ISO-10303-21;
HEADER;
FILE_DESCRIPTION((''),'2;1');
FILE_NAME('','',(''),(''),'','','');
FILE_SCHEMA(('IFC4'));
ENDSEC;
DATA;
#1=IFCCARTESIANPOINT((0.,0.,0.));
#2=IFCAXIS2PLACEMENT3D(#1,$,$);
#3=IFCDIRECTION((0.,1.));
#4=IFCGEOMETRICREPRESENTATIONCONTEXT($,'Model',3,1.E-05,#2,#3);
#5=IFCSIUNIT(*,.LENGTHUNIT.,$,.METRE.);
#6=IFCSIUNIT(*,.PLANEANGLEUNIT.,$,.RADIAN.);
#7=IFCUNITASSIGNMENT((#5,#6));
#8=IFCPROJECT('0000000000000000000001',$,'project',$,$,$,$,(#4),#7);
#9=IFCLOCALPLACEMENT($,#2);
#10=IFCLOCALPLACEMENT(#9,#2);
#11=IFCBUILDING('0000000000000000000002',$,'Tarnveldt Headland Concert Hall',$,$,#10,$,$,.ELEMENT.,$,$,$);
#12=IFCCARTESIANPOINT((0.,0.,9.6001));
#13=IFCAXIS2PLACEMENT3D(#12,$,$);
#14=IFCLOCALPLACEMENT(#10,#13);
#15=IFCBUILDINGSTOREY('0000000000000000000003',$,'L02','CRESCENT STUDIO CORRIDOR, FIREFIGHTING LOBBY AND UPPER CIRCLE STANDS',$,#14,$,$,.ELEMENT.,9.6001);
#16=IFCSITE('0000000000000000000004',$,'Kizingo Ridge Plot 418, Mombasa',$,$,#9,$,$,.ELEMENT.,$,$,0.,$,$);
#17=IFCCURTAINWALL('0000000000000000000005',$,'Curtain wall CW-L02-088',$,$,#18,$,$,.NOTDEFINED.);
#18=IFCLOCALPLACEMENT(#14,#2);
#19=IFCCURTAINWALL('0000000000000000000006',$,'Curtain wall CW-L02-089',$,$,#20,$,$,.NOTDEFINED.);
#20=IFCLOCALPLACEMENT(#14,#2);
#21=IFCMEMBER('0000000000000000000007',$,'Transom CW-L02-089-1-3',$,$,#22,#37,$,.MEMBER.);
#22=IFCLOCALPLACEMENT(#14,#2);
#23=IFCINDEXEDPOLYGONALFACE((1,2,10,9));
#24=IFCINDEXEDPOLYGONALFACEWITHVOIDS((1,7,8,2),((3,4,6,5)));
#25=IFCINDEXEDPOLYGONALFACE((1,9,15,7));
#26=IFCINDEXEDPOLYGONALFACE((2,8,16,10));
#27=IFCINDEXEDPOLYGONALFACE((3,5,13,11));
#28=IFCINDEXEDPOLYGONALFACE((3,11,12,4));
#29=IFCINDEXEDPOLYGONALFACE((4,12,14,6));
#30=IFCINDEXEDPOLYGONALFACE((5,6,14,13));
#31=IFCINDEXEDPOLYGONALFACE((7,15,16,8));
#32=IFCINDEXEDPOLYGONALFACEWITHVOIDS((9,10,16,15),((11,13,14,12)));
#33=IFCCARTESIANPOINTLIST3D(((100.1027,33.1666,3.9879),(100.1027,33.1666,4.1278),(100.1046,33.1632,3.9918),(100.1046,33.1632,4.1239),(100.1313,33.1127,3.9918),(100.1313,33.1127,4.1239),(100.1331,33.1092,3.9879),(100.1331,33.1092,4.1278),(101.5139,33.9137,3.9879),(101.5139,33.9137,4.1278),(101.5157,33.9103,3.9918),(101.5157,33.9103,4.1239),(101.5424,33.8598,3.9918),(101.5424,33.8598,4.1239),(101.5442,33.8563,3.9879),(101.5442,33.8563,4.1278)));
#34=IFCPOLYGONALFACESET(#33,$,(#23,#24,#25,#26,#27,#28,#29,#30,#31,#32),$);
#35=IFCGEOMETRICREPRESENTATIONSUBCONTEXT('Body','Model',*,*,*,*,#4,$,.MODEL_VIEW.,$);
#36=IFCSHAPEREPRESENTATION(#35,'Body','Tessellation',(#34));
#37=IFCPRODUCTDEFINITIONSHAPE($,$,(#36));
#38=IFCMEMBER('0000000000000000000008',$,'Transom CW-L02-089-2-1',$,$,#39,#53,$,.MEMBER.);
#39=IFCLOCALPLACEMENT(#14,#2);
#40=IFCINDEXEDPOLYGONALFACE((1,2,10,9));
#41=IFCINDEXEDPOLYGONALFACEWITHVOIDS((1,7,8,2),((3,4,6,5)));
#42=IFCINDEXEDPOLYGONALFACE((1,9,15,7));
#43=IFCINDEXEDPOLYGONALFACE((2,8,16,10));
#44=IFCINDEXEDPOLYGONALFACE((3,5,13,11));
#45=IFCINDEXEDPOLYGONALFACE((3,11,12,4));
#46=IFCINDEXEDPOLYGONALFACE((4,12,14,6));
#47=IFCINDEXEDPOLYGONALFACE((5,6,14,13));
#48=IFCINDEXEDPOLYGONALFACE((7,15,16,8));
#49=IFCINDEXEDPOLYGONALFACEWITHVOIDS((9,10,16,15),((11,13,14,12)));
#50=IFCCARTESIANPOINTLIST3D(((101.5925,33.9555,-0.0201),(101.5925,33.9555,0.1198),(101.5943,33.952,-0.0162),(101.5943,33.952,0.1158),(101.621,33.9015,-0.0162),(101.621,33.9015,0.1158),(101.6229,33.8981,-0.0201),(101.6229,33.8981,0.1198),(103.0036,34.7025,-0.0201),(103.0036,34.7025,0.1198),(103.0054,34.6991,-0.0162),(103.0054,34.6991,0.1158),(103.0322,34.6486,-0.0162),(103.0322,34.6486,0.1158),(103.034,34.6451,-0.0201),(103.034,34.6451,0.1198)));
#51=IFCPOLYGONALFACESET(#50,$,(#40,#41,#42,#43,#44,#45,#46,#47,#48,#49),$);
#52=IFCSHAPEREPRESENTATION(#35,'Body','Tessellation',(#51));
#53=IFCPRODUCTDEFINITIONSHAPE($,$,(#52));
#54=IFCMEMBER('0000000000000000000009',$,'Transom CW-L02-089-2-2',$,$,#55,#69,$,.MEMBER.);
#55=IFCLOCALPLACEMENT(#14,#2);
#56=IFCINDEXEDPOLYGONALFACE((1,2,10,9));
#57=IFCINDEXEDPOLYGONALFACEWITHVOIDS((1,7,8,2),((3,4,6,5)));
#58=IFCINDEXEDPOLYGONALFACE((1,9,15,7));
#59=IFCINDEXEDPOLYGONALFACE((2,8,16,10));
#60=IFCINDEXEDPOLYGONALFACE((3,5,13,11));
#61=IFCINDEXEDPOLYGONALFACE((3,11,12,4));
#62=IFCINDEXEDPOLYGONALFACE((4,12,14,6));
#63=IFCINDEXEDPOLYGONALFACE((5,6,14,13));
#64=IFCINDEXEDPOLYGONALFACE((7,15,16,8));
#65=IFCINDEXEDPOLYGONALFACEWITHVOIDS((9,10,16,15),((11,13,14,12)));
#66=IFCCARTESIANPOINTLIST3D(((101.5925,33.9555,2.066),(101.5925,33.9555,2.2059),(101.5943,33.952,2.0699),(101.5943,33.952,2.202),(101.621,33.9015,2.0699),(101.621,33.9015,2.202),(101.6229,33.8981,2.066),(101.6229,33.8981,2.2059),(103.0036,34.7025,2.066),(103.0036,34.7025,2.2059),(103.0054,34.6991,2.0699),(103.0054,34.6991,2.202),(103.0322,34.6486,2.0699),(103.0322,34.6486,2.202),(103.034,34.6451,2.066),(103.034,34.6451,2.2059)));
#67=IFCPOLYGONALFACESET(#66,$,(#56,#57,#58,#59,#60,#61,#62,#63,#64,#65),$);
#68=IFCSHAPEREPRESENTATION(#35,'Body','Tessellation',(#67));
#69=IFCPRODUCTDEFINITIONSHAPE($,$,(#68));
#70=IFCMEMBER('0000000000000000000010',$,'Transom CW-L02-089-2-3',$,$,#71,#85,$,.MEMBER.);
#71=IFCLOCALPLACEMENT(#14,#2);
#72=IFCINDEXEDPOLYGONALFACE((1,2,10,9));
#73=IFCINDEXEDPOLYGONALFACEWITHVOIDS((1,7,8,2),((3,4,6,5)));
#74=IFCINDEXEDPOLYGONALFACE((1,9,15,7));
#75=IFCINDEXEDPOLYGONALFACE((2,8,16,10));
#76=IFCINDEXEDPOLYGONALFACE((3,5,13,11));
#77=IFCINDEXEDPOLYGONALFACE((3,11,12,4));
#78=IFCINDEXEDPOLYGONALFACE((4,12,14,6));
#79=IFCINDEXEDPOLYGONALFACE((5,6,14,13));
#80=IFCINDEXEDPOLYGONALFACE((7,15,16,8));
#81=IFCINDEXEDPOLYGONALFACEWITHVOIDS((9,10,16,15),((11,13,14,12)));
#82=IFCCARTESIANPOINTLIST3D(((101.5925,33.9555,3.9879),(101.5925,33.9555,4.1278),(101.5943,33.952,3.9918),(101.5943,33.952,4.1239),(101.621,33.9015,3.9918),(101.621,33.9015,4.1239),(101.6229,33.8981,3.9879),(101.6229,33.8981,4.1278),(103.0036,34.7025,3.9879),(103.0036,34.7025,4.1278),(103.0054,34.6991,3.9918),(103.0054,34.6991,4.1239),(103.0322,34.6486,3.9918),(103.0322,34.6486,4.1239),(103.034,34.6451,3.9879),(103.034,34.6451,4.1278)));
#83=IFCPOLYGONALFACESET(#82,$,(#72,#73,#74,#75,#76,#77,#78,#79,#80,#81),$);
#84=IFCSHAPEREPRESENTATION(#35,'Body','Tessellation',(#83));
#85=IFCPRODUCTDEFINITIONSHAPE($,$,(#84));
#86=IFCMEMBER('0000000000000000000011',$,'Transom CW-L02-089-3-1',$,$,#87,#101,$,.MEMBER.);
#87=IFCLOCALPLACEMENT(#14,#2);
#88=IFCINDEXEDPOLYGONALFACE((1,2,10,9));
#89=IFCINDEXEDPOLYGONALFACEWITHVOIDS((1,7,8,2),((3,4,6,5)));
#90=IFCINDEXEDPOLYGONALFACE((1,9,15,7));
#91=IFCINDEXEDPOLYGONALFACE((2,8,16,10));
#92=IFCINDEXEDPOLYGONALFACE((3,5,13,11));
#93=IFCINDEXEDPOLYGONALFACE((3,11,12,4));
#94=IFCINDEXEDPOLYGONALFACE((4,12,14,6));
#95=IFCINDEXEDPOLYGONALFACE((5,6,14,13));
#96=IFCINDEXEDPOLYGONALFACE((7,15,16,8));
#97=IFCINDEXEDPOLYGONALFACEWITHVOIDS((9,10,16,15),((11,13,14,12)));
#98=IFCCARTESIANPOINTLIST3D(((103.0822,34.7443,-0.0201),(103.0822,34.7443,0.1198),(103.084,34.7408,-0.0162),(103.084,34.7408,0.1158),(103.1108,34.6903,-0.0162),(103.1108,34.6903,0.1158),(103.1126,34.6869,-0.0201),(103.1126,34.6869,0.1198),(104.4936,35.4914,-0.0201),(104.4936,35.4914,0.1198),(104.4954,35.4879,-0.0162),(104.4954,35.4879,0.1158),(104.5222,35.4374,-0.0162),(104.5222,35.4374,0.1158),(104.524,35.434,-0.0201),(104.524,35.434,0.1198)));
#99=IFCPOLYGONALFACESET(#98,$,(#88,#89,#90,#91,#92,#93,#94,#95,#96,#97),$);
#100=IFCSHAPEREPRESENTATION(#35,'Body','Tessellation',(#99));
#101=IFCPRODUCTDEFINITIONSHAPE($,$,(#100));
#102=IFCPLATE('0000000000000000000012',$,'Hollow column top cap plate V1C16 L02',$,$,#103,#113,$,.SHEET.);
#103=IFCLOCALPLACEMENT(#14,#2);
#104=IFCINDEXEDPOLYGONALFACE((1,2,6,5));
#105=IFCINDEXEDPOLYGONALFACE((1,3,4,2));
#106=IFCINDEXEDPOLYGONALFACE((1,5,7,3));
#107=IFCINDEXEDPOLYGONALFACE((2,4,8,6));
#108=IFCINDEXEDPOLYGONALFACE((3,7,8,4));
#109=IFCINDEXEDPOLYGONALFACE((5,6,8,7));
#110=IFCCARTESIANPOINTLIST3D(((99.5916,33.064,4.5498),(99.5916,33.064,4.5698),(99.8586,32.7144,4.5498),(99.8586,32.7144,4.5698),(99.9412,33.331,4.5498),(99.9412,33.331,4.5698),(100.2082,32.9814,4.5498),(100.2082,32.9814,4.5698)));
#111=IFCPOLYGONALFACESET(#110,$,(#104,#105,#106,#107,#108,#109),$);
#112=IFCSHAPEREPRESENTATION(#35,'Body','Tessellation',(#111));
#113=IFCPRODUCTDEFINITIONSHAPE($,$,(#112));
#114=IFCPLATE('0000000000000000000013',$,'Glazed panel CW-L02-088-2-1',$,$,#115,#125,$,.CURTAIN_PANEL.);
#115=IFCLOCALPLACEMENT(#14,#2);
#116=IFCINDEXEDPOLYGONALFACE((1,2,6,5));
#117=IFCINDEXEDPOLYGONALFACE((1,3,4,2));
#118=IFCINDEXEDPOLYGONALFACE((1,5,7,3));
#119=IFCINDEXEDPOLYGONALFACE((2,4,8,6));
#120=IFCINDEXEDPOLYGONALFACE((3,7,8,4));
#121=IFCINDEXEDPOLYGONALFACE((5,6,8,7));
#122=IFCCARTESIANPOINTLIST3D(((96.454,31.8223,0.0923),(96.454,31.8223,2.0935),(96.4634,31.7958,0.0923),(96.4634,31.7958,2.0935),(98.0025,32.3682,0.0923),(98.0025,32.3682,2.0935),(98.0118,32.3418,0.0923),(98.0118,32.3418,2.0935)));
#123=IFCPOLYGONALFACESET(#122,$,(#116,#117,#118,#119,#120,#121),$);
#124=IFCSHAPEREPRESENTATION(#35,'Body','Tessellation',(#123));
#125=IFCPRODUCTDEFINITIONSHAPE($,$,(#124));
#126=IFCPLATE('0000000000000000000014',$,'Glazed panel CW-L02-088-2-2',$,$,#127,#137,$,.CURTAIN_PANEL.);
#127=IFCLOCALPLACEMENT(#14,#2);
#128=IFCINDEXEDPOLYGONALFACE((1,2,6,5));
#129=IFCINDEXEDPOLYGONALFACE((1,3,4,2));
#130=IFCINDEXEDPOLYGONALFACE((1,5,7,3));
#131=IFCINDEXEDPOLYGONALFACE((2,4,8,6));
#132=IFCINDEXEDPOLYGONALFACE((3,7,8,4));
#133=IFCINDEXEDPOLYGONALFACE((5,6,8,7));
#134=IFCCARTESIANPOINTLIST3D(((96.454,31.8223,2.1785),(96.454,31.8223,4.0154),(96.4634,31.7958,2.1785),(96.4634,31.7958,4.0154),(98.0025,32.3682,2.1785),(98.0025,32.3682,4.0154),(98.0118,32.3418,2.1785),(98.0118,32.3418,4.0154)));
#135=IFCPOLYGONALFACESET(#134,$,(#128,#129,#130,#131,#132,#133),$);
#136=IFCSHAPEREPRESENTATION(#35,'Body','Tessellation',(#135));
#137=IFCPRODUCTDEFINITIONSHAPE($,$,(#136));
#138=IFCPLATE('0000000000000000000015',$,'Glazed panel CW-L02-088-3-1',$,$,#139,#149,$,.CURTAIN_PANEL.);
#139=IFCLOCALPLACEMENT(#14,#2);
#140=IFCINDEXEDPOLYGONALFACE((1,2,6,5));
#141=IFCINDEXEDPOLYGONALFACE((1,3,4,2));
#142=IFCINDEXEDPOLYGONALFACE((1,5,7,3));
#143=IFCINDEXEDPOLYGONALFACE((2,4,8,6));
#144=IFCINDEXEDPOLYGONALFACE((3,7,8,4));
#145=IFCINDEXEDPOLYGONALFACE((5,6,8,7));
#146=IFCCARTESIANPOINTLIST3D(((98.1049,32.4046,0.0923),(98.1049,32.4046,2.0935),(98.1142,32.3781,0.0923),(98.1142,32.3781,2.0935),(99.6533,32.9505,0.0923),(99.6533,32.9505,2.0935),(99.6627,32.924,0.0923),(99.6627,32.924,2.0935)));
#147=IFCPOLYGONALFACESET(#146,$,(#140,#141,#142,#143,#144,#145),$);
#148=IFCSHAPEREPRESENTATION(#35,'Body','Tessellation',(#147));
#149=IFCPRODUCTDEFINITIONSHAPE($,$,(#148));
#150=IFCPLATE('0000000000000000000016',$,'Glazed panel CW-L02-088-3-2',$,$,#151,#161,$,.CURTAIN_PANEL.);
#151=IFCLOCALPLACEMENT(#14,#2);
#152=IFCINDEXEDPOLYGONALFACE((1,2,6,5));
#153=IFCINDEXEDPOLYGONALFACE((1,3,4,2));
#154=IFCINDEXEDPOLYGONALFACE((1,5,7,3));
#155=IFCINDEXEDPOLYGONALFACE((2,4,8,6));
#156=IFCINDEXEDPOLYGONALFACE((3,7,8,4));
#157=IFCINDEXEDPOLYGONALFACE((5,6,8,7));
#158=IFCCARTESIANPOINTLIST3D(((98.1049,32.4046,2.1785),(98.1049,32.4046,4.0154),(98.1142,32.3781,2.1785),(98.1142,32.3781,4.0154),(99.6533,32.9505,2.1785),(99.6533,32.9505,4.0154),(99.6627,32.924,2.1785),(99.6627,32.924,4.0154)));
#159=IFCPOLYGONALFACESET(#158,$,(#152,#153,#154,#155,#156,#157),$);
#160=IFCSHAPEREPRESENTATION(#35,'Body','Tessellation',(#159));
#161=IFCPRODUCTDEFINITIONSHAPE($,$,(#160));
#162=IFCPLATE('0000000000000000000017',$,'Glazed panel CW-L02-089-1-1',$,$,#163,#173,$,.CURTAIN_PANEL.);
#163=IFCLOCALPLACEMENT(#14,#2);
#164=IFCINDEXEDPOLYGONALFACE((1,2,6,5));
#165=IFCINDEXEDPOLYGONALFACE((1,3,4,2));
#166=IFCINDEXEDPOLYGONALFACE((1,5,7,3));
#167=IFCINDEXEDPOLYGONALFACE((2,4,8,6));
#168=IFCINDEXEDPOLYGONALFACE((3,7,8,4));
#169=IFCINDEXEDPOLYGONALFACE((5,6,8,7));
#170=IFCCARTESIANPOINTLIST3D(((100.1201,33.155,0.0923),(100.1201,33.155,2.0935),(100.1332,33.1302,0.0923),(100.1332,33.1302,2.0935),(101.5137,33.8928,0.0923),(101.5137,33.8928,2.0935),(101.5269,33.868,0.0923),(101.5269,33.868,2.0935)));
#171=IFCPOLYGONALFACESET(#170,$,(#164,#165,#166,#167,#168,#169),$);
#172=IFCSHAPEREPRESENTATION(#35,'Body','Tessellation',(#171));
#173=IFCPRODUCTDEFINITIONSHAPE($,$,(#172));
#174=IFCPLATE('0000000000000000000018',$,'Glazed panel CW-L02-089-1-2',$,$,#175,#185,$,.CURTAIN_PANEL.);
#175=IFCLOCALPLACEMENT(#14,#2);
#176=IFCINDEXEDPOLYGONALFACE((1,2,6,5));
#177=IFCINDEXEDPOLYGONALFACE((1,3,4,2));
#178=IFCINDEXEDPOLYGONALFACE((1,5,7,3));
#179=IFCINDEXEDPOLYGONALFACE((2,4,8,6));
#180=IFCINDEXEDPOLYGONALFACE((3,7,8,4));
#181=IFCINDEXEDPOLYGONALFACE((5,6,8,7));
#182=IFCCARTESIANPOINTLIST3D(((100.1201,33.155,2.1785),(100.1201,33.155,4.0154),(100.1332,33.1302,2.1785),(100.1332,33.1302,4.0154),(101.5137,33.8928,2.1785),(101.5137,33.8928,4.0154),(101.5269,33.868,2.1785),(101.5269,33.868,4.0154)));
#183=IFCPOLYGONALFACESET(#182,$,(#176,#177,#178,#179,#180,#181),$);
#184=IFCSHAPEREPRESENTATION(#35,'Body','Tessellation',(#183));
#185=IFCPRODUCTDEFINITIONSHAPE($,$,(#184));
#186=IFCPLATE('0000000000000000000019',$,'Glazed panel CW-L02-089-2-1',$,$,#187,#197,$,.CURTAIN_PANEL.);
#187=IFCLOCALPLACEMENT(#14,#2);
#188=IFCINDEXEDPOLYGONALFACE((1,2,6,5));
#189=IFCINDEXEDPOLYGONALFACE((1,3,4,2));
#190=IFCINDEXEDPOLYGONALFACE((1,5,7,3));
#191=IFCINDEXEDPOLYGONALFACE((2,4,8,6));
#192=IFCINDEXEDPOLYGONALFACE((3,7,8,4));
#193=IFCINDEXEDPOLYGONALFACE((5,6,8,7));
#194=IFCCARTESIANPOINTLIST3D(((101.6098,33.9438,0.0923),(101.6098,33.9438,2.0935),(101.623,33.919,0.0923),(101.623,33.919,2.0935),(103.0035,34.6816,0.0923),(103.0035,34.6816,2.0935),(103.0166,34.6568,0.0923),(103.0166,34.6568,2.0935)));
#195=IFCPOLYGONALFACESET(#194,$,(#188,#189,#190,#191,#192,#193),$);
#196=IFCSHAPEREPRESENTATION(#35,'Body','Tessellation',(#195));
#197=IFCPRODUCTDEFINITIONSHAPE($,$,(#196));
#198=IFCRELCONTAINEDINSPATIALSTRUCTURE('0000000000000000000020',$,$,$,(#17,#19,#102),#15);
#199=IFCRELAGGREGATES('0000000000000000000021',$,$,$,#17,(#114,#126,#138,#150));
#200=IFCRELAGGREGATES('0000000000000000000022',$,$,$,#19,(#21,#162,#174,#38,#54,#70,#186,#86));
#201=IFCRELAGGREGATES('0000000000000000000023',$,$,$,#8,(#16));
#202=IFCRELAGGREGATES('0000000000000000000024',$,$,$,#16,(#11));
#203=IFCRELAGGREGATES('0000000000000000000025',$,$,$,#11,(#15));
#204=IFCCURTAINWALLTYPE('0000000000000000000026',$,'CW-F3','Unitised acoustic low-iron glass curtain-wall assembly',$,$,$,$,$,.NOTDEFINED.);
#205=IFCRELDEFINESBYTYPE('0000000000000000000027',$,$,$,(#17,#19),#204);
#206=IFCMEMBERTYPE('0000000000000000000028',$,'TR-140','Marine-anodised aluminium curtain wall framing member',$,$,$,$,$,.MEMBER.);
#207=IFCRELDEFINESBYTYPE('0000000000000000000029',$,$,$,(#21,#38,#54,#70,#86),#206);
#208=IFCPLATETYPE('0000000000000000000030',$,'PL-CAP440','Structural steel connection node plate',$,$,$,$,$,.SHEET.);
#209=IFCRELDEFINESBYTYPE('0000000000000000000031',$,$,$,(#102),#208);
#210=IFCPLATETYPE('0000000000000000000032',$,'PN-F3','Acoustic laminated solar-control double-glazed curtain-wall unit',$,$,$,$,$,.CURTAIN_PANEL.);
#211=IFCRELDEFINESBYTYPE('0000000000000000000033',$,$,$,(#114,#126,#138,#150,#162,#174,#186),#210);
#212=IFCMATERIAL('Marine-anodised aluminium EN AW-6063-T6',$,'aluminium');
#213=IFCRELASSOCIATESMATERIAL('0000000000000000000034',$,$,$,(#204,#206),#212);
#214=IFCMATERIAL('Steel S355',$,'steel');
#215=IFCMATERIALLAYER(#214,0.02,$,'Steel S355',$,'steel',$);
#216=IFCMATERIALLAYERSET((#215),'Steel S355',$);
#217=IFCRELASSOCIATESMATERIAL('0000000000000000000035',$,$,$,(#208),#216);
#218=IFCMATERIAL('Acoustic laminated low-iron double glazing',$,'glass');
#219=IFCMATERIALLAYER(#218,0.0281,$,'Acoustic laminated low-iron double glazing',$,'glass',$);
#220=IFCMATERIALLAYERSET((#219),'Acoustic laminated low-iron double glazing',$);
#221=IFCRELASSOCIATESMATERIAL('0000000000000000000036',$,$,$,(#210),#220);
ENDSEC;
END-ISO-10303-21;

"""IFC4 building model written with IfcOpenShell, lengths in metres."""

from ifc_helpers import new_model, si_unit, direction, frame, origin, origin_2d, place, context, subcontext, project, spatial, rectangle, hollow_rectangle, extrude, material, layer, layer_set, material_profile, profile_set, type_object, element, aggregate, save


model = new_model("IFC4")

# Units and contexts
model_context = context("Model", 3, precision=1e-05, world=origin(), true_north=direction((0.0, 1.0)))
body_context = subcontext(model_context, "Body", "Model", "MODEL_VIEW")
ifc_project = project(units=[si_unit("LENGTHUNIT", "METRE"), si_unit("PLANEANGLEUNIT", "RADIAN")], contexts=[model_context])

# Site, building, storey
site_placement = place(None, origin())
site = spatial("IfcSite", under=ifc_project, at=site_placement, Name="Kizingo Ridge Plot 418, Mombasa", CompositionType="ELEMENT", RefElevation=0.0)
building_placement = place(site_placement, origin())
building = spatial("IfcBuilding", under=site, at=building_placement, Name="Tarnveldt Headland Concert Hall", CompositionType="ELEMENT")
storey_placement = place(building_placement, frame((0.0, 0.0, 9.6001)))
storey = spatial("IfcBuildingStorey", under=building, at=storey_placement, Name="L02", Description="CRESCENT STUDIO CORRIDOR, FIREFIGHTING LOBBY AND UPPER CIRCLE STANDS", CompositionType="ELEMENT", Elevation=9.6001)

# Shared definitions
ifc_material_1 = material(Name="Steel S355", Category="steel")

# Curtain walls
ifc_material_2 = material(Name="Marine-anodised aluminium EN AW-6063-T6", Category="aluminium")
curtain_wall_type = type_object("IfcCurtainWallType", Name="CW-F3", Description="Unitised acoustic low-iron glass curtain-wall assembly", PredefinedType="NOTDEFINED", material=ifc_material_2)
curtain_wall_1_placement = place(storey_placement, origin())
curtain_wall_1 = element("IfcCurtainWall", 1, at=curtain_wall_1_placement, inside=storey, type_object=curtain_wall_type, Name="Curtain wall CW-L02-088", PredefinedType="NOTDEFINED")
curtain_wall_2_placement = place(storey_placement, origin())
curtain_wall_2 = element("IfcCurtainWall", 2, at=curtain_wall_2_placement, inside=storey, type_object=curtain_wall_type, Name="Curtain wall CW-L02-089", PredefinedType="NOTDEFINED")

# Members
ifc_material_profile_1 = material_profile(ifc_material_2, hollow_rectangle(XDim=0.0649, YDim=0.1399, WallThickness=0.0039, at=origin_2d()), Name="ALU TRANSOM 65x140x4", Category="aluminium")
ifc_profile_set_1 = profile_set([ifc_material_profile_1], Name="Marine-anodised aluminium EN AW-6063-T6")
member_type_1 = type_object("IfcMemberType", Name="TR-140", Description="Marine-anodised aluminium curtain wall framing member", PredefinedType="MEMBER", material=ifc_profile_set_1)
member_1_placement = place(storey_placement, frame((100.1179, 33.1379, 4.0579), z_axis=(0.883788, 0.467888, 0.0), x_axis=(-0.467888, 0.883788, 0.0)))
member_1 = element("IfcMember", 3, at=member_1_placement, type_object=member_type_1, Name="Transom CW-L02-089-1-3", PredefinedType="MEMBER", context=body_context, shape_type="SweptSolid", body=[
    extrude(hollow_rectangle(XDim=0.0649, YDim=0.1399, WallThickness=0.0039, at=origin_2d()), origin(), (0.0, 0.0, 1.0), 1.5967),
])
member_2_placement = place(storey_placement, frame((101.6077, 33.9268, 0.0498), z_axis=(0.883788, 0.467888, 0.0), x_axis=(-0.467888, 0.883788, 0.0)))
member_2 = element("IfcMember", 4, at=member_2_placement, type_object=member_type_1, Name="Transom CW-L02-089-2-1", PredefinedType="MEMBER", context=body_context, shape_type="SweptSolid", body=[
    extrude(hollow_rectangle(XDim=0.0649, YDim=0.1399, WallThickness=0.0039, at=origin_2d()), origin(), (0.0, 0.0, 1.0), 1.5967),
])
member_3_placement = place(storey_placement, frame((101.6077, 33.9268, 2.136), z_axis=(0.883788, 0.467888, 0.0), x_axis=(-0.467888, 0.883788, 0.0)))
member_3 = element("IfcMember", 5, at=member_3_placement, type_object=member_type_1, Name="Transom CW-L02-089-2-2", PredefinedType="MEMBER", context=body_context, shape_type="SweptSolid", body=[
    extrude(hollow_rectangle(XDim=0.0649, YDim=0.1399, WallThickness=0.0039, at=origin_2d()), origin(), (0.0, 0.0, 1.0), 1.5967),
])
member_4_placement = place(storey_placement, frame((101.6077, 33.9268, 4.0579), z_axis=(0.883788, 0.467888, 0.0), x_axis=(-0.467888, 0.883788, 0.0)))
member_4 = element("IfcMember", 6, at=member_4_placement, type_object=member_type_1, Name="Transom CW-L02-089-2-3", PredefinedType="MEMBER", context=body_context, shape_type="SweptSolid", body=[
    extrude(hollow_rectangle(XDim=0.0649, YDim=0.1399, WallThickness=0.0039, at=origin_2d()), origin(), (0.0, 0.0, 1.0), 1.5967),
])
member_5_placement = place(storey_placement, frame((103.0974, 34.7156, 0.0498), z_axis=(0.883821, 0.467824, 0.0), x_axis=(-0.467824, 0.883821, 0.0)))
member_5 = element("IfcMember", 7, at=member_5_placement, type_object=member_type_1, Name="Transom CW-L02-089-3-1", PredefinedType="MEMBER", context=body_context, shape_type="SweptSolid", body=[
    extrude(hollow_rectangle(XDim=0.0649, YDim=0.1399, WallThickness=0.0039, at=origin_2d()), origin(), (0.0, 0.0, 1.0), 1.5969),
])

# Plates
ifc_layer_1 = layer(ifc_material_1, 0.02, Name="Steel S355", Category="steel")
ifc_layer_set_1 = layer_set([ifc_layer_1], Name="Steel S355")
plate_type_1 = type_object("IfcPlateType", Name="PL-CAP440", Description="Structural steel connection node plate", PredefinedType="SHEET", material=ifc_layer_set_1)
plate_1_placement = place(storey_placement, frame((99.8999, 33.0227, 4.5498), z_axis=(0.0, 0.0, 1.0), x_axis=(0.60696, -0.794733, 0.0)))
element("IfcPlate", 8, at=plate_1_placement, inside=storey, type_object=plate_type_1, Name="Hollow column top cap plate V1C16 L02", PredefinedType="SHEET", context=body_context, shape_type="SweptSolid", body=[
    extrude(rectangle(XDim=0.4399, YDim=0.4399, at=origin_2d()), origin(), (0.0, 0.0, 1.0), 0.02),
])
ifc_material_3 = material(Name="Acoustic laminated low-iron double glazing", Category="glass")
ifc_layer_2 = layer(ifc_material_3, 0.0281, Name="Acoustic laminated low-iron double glazing", Category="glass")
ifc_layer_set_2 = layer_set([ifc_layer_2], Name="Acoustic laminated low-iron double glazing")
plate_type_2 = type_object("IfcPlateType", Name="PN-F3", Description="Acoustic laminated solar-control double-glazed curtain-wall unit", PredefinedType="CURTAIN_PANEL", material=ifc_layer_set_2)
plate_2_placement = place(storey_placement, frame((97.2329, 32.082, 0.0923), z_axis=(0.0, 0.0, 1.0), x_axis=(0.943095, 0.332523, 0.0)))
plate_2 = element("IfcPlate", 9, at=plate_2_placement, type_object=plate_type_2, Name="Glazed panel CW-L02-088-2-1", PredefinedType="CURTAIN_PANEL", context=body_context, shape_type="SweptSolid", body=[
    extrude(rectangle(XDim=1.6418, YDim=0.0281, at=origin_2d()), origin(), (0.0, 0.0, 1.0), 2.0012),
])
plate_3_placement = place(storey_placement, frame((97.2329, 32.082, 2.1785), z_axis=(0.0, 0.0, 1.0), x_axis=(0.943095, 0.332523, 0.0)))
plate_3 = element("IfcPlate", 10, at=plate_3_placement, type_object=plate_type_2, Name="Glazed panel CW-L02-088-2-2", PredefinedType="CURTAIN_PANEL", context=body_context, shape_type="SweptSolid", body=[
    extrude(rectangle(XDim=1.6418, YDim=0.0281, at=origin_2d()), origin(), (0.0, 0.0, 1.0), 1.8369),
])
plate_4_placement = place(storey_placement, frame((98.8838, 32.6643, 0.0923), z_axis=(0.0, 0.0, 1.0), x_axis=(0.943095, 0.332523, 0.0)))
plate_4 = element("IfcPlate", 11, at=plate_4_placement, type_object=plate_type_2, Name="Glazed panel CW-L02-088-3-1", PredefinedType="CURTAIN_PANEL", context=body_context, shape_type="SweptSolid", body=[
    extrude(rectangle(XDim=1.6418, YDim=0.0281, at=origin_2d()), origin(), (0.0, 0.0, 1.0), 2.0012),
])
plate_5_placement = place(storey_placement, frame((98.8838, 32.6643, 2.1785), z_axis=(0.0, 0.0, 1.0), x_axis=(0.943095, 0.332523, 0.0)))
plate_5 = element("IfcPlate", 12, at=plate_5_placement, type_object=plate_type_2, Name="Glazed panel CW-L02-088-3-2", PredefinedType="CURTAIN_PANEL", context=body_context, shape_type="SweptSolid", body=[
    extrude(rectangle(XDim=1.6418, YDim=0.0281, at=origin_2d()), origin(), (0.0, 0.0, 1.0), 1.8369),
])
aggregate(curtain_wall_1, [plate_2, plate_3, plate_4, plate_5])
plate_6_placement = place(storey_placement, frame((100.8235, 33.5115, 0.0923), z_axis=(0.0, 0.0, 1.0), x_axis=(0.883782, 0.467899, 0.0)))
plate_6 = element("IfcPlate", 13, at=plate_6_placement, type_object=plate_type_2, Name="Glazed panel CW-L02-089-1-1", PredefinedType="CURTAIN_PANEL", context=body_context, shape_type="SweptSolid", body=[
    extrude(rectangle(XDim=1.5769, YDim=0.0281, at=origin_2d()), origin(), (0.0, 0.0, 1.0), 2.0012),
])
plate_7_placement = place(storey_placement, frame((100.8235, 33.5115, 2.1785), z_axis=(0.0, 0.0, 1.0), x_axis=(0.883782, 0.467899, 0.0)))
plate_7 = element("IfcPlate", 14, at=plate_7_placement, type_object=plate_type_2, Name="Glazed panel CW-L02-089-1-2", PredefinedType="CURTAIN_PANEL", context=body_context, shape_type="SweptSolid", body=[
    extrude(rectangle(XDim=1.5769, YDim=0.0281, at=origin_2d()), origin(), (0.0, 0.0, 1.0), 1.8369),
])
plate_8_placement = place(storey_placement, frame((102.3132, 34.3003, 0.0923), z_axis=(0.0, 0.0, 1.0), x_axis=(0.883782, 0.467899, 0.0)))
plate_8 = element("IfcPlate", 15, at=plate_8_placement, type_object=plate_type_2, Name="Glazed panel CW-L02-089-2-1", PredefinedType="CURTAIN_PANEL", context=body_context, shape_type="SweptSolid", body=[
    extrude(rectangle(XDim=1.5769, YDim=0.0281, at=origin_2d()), origin(), (0.0, 0.0, 1.0), 2.0012),
])
aggregate(curtain_wall_2, [member_1, plate_6, plate_7, member_2, member_3, member_4, plate_8, member_5])

save(model, "model.ifc")
